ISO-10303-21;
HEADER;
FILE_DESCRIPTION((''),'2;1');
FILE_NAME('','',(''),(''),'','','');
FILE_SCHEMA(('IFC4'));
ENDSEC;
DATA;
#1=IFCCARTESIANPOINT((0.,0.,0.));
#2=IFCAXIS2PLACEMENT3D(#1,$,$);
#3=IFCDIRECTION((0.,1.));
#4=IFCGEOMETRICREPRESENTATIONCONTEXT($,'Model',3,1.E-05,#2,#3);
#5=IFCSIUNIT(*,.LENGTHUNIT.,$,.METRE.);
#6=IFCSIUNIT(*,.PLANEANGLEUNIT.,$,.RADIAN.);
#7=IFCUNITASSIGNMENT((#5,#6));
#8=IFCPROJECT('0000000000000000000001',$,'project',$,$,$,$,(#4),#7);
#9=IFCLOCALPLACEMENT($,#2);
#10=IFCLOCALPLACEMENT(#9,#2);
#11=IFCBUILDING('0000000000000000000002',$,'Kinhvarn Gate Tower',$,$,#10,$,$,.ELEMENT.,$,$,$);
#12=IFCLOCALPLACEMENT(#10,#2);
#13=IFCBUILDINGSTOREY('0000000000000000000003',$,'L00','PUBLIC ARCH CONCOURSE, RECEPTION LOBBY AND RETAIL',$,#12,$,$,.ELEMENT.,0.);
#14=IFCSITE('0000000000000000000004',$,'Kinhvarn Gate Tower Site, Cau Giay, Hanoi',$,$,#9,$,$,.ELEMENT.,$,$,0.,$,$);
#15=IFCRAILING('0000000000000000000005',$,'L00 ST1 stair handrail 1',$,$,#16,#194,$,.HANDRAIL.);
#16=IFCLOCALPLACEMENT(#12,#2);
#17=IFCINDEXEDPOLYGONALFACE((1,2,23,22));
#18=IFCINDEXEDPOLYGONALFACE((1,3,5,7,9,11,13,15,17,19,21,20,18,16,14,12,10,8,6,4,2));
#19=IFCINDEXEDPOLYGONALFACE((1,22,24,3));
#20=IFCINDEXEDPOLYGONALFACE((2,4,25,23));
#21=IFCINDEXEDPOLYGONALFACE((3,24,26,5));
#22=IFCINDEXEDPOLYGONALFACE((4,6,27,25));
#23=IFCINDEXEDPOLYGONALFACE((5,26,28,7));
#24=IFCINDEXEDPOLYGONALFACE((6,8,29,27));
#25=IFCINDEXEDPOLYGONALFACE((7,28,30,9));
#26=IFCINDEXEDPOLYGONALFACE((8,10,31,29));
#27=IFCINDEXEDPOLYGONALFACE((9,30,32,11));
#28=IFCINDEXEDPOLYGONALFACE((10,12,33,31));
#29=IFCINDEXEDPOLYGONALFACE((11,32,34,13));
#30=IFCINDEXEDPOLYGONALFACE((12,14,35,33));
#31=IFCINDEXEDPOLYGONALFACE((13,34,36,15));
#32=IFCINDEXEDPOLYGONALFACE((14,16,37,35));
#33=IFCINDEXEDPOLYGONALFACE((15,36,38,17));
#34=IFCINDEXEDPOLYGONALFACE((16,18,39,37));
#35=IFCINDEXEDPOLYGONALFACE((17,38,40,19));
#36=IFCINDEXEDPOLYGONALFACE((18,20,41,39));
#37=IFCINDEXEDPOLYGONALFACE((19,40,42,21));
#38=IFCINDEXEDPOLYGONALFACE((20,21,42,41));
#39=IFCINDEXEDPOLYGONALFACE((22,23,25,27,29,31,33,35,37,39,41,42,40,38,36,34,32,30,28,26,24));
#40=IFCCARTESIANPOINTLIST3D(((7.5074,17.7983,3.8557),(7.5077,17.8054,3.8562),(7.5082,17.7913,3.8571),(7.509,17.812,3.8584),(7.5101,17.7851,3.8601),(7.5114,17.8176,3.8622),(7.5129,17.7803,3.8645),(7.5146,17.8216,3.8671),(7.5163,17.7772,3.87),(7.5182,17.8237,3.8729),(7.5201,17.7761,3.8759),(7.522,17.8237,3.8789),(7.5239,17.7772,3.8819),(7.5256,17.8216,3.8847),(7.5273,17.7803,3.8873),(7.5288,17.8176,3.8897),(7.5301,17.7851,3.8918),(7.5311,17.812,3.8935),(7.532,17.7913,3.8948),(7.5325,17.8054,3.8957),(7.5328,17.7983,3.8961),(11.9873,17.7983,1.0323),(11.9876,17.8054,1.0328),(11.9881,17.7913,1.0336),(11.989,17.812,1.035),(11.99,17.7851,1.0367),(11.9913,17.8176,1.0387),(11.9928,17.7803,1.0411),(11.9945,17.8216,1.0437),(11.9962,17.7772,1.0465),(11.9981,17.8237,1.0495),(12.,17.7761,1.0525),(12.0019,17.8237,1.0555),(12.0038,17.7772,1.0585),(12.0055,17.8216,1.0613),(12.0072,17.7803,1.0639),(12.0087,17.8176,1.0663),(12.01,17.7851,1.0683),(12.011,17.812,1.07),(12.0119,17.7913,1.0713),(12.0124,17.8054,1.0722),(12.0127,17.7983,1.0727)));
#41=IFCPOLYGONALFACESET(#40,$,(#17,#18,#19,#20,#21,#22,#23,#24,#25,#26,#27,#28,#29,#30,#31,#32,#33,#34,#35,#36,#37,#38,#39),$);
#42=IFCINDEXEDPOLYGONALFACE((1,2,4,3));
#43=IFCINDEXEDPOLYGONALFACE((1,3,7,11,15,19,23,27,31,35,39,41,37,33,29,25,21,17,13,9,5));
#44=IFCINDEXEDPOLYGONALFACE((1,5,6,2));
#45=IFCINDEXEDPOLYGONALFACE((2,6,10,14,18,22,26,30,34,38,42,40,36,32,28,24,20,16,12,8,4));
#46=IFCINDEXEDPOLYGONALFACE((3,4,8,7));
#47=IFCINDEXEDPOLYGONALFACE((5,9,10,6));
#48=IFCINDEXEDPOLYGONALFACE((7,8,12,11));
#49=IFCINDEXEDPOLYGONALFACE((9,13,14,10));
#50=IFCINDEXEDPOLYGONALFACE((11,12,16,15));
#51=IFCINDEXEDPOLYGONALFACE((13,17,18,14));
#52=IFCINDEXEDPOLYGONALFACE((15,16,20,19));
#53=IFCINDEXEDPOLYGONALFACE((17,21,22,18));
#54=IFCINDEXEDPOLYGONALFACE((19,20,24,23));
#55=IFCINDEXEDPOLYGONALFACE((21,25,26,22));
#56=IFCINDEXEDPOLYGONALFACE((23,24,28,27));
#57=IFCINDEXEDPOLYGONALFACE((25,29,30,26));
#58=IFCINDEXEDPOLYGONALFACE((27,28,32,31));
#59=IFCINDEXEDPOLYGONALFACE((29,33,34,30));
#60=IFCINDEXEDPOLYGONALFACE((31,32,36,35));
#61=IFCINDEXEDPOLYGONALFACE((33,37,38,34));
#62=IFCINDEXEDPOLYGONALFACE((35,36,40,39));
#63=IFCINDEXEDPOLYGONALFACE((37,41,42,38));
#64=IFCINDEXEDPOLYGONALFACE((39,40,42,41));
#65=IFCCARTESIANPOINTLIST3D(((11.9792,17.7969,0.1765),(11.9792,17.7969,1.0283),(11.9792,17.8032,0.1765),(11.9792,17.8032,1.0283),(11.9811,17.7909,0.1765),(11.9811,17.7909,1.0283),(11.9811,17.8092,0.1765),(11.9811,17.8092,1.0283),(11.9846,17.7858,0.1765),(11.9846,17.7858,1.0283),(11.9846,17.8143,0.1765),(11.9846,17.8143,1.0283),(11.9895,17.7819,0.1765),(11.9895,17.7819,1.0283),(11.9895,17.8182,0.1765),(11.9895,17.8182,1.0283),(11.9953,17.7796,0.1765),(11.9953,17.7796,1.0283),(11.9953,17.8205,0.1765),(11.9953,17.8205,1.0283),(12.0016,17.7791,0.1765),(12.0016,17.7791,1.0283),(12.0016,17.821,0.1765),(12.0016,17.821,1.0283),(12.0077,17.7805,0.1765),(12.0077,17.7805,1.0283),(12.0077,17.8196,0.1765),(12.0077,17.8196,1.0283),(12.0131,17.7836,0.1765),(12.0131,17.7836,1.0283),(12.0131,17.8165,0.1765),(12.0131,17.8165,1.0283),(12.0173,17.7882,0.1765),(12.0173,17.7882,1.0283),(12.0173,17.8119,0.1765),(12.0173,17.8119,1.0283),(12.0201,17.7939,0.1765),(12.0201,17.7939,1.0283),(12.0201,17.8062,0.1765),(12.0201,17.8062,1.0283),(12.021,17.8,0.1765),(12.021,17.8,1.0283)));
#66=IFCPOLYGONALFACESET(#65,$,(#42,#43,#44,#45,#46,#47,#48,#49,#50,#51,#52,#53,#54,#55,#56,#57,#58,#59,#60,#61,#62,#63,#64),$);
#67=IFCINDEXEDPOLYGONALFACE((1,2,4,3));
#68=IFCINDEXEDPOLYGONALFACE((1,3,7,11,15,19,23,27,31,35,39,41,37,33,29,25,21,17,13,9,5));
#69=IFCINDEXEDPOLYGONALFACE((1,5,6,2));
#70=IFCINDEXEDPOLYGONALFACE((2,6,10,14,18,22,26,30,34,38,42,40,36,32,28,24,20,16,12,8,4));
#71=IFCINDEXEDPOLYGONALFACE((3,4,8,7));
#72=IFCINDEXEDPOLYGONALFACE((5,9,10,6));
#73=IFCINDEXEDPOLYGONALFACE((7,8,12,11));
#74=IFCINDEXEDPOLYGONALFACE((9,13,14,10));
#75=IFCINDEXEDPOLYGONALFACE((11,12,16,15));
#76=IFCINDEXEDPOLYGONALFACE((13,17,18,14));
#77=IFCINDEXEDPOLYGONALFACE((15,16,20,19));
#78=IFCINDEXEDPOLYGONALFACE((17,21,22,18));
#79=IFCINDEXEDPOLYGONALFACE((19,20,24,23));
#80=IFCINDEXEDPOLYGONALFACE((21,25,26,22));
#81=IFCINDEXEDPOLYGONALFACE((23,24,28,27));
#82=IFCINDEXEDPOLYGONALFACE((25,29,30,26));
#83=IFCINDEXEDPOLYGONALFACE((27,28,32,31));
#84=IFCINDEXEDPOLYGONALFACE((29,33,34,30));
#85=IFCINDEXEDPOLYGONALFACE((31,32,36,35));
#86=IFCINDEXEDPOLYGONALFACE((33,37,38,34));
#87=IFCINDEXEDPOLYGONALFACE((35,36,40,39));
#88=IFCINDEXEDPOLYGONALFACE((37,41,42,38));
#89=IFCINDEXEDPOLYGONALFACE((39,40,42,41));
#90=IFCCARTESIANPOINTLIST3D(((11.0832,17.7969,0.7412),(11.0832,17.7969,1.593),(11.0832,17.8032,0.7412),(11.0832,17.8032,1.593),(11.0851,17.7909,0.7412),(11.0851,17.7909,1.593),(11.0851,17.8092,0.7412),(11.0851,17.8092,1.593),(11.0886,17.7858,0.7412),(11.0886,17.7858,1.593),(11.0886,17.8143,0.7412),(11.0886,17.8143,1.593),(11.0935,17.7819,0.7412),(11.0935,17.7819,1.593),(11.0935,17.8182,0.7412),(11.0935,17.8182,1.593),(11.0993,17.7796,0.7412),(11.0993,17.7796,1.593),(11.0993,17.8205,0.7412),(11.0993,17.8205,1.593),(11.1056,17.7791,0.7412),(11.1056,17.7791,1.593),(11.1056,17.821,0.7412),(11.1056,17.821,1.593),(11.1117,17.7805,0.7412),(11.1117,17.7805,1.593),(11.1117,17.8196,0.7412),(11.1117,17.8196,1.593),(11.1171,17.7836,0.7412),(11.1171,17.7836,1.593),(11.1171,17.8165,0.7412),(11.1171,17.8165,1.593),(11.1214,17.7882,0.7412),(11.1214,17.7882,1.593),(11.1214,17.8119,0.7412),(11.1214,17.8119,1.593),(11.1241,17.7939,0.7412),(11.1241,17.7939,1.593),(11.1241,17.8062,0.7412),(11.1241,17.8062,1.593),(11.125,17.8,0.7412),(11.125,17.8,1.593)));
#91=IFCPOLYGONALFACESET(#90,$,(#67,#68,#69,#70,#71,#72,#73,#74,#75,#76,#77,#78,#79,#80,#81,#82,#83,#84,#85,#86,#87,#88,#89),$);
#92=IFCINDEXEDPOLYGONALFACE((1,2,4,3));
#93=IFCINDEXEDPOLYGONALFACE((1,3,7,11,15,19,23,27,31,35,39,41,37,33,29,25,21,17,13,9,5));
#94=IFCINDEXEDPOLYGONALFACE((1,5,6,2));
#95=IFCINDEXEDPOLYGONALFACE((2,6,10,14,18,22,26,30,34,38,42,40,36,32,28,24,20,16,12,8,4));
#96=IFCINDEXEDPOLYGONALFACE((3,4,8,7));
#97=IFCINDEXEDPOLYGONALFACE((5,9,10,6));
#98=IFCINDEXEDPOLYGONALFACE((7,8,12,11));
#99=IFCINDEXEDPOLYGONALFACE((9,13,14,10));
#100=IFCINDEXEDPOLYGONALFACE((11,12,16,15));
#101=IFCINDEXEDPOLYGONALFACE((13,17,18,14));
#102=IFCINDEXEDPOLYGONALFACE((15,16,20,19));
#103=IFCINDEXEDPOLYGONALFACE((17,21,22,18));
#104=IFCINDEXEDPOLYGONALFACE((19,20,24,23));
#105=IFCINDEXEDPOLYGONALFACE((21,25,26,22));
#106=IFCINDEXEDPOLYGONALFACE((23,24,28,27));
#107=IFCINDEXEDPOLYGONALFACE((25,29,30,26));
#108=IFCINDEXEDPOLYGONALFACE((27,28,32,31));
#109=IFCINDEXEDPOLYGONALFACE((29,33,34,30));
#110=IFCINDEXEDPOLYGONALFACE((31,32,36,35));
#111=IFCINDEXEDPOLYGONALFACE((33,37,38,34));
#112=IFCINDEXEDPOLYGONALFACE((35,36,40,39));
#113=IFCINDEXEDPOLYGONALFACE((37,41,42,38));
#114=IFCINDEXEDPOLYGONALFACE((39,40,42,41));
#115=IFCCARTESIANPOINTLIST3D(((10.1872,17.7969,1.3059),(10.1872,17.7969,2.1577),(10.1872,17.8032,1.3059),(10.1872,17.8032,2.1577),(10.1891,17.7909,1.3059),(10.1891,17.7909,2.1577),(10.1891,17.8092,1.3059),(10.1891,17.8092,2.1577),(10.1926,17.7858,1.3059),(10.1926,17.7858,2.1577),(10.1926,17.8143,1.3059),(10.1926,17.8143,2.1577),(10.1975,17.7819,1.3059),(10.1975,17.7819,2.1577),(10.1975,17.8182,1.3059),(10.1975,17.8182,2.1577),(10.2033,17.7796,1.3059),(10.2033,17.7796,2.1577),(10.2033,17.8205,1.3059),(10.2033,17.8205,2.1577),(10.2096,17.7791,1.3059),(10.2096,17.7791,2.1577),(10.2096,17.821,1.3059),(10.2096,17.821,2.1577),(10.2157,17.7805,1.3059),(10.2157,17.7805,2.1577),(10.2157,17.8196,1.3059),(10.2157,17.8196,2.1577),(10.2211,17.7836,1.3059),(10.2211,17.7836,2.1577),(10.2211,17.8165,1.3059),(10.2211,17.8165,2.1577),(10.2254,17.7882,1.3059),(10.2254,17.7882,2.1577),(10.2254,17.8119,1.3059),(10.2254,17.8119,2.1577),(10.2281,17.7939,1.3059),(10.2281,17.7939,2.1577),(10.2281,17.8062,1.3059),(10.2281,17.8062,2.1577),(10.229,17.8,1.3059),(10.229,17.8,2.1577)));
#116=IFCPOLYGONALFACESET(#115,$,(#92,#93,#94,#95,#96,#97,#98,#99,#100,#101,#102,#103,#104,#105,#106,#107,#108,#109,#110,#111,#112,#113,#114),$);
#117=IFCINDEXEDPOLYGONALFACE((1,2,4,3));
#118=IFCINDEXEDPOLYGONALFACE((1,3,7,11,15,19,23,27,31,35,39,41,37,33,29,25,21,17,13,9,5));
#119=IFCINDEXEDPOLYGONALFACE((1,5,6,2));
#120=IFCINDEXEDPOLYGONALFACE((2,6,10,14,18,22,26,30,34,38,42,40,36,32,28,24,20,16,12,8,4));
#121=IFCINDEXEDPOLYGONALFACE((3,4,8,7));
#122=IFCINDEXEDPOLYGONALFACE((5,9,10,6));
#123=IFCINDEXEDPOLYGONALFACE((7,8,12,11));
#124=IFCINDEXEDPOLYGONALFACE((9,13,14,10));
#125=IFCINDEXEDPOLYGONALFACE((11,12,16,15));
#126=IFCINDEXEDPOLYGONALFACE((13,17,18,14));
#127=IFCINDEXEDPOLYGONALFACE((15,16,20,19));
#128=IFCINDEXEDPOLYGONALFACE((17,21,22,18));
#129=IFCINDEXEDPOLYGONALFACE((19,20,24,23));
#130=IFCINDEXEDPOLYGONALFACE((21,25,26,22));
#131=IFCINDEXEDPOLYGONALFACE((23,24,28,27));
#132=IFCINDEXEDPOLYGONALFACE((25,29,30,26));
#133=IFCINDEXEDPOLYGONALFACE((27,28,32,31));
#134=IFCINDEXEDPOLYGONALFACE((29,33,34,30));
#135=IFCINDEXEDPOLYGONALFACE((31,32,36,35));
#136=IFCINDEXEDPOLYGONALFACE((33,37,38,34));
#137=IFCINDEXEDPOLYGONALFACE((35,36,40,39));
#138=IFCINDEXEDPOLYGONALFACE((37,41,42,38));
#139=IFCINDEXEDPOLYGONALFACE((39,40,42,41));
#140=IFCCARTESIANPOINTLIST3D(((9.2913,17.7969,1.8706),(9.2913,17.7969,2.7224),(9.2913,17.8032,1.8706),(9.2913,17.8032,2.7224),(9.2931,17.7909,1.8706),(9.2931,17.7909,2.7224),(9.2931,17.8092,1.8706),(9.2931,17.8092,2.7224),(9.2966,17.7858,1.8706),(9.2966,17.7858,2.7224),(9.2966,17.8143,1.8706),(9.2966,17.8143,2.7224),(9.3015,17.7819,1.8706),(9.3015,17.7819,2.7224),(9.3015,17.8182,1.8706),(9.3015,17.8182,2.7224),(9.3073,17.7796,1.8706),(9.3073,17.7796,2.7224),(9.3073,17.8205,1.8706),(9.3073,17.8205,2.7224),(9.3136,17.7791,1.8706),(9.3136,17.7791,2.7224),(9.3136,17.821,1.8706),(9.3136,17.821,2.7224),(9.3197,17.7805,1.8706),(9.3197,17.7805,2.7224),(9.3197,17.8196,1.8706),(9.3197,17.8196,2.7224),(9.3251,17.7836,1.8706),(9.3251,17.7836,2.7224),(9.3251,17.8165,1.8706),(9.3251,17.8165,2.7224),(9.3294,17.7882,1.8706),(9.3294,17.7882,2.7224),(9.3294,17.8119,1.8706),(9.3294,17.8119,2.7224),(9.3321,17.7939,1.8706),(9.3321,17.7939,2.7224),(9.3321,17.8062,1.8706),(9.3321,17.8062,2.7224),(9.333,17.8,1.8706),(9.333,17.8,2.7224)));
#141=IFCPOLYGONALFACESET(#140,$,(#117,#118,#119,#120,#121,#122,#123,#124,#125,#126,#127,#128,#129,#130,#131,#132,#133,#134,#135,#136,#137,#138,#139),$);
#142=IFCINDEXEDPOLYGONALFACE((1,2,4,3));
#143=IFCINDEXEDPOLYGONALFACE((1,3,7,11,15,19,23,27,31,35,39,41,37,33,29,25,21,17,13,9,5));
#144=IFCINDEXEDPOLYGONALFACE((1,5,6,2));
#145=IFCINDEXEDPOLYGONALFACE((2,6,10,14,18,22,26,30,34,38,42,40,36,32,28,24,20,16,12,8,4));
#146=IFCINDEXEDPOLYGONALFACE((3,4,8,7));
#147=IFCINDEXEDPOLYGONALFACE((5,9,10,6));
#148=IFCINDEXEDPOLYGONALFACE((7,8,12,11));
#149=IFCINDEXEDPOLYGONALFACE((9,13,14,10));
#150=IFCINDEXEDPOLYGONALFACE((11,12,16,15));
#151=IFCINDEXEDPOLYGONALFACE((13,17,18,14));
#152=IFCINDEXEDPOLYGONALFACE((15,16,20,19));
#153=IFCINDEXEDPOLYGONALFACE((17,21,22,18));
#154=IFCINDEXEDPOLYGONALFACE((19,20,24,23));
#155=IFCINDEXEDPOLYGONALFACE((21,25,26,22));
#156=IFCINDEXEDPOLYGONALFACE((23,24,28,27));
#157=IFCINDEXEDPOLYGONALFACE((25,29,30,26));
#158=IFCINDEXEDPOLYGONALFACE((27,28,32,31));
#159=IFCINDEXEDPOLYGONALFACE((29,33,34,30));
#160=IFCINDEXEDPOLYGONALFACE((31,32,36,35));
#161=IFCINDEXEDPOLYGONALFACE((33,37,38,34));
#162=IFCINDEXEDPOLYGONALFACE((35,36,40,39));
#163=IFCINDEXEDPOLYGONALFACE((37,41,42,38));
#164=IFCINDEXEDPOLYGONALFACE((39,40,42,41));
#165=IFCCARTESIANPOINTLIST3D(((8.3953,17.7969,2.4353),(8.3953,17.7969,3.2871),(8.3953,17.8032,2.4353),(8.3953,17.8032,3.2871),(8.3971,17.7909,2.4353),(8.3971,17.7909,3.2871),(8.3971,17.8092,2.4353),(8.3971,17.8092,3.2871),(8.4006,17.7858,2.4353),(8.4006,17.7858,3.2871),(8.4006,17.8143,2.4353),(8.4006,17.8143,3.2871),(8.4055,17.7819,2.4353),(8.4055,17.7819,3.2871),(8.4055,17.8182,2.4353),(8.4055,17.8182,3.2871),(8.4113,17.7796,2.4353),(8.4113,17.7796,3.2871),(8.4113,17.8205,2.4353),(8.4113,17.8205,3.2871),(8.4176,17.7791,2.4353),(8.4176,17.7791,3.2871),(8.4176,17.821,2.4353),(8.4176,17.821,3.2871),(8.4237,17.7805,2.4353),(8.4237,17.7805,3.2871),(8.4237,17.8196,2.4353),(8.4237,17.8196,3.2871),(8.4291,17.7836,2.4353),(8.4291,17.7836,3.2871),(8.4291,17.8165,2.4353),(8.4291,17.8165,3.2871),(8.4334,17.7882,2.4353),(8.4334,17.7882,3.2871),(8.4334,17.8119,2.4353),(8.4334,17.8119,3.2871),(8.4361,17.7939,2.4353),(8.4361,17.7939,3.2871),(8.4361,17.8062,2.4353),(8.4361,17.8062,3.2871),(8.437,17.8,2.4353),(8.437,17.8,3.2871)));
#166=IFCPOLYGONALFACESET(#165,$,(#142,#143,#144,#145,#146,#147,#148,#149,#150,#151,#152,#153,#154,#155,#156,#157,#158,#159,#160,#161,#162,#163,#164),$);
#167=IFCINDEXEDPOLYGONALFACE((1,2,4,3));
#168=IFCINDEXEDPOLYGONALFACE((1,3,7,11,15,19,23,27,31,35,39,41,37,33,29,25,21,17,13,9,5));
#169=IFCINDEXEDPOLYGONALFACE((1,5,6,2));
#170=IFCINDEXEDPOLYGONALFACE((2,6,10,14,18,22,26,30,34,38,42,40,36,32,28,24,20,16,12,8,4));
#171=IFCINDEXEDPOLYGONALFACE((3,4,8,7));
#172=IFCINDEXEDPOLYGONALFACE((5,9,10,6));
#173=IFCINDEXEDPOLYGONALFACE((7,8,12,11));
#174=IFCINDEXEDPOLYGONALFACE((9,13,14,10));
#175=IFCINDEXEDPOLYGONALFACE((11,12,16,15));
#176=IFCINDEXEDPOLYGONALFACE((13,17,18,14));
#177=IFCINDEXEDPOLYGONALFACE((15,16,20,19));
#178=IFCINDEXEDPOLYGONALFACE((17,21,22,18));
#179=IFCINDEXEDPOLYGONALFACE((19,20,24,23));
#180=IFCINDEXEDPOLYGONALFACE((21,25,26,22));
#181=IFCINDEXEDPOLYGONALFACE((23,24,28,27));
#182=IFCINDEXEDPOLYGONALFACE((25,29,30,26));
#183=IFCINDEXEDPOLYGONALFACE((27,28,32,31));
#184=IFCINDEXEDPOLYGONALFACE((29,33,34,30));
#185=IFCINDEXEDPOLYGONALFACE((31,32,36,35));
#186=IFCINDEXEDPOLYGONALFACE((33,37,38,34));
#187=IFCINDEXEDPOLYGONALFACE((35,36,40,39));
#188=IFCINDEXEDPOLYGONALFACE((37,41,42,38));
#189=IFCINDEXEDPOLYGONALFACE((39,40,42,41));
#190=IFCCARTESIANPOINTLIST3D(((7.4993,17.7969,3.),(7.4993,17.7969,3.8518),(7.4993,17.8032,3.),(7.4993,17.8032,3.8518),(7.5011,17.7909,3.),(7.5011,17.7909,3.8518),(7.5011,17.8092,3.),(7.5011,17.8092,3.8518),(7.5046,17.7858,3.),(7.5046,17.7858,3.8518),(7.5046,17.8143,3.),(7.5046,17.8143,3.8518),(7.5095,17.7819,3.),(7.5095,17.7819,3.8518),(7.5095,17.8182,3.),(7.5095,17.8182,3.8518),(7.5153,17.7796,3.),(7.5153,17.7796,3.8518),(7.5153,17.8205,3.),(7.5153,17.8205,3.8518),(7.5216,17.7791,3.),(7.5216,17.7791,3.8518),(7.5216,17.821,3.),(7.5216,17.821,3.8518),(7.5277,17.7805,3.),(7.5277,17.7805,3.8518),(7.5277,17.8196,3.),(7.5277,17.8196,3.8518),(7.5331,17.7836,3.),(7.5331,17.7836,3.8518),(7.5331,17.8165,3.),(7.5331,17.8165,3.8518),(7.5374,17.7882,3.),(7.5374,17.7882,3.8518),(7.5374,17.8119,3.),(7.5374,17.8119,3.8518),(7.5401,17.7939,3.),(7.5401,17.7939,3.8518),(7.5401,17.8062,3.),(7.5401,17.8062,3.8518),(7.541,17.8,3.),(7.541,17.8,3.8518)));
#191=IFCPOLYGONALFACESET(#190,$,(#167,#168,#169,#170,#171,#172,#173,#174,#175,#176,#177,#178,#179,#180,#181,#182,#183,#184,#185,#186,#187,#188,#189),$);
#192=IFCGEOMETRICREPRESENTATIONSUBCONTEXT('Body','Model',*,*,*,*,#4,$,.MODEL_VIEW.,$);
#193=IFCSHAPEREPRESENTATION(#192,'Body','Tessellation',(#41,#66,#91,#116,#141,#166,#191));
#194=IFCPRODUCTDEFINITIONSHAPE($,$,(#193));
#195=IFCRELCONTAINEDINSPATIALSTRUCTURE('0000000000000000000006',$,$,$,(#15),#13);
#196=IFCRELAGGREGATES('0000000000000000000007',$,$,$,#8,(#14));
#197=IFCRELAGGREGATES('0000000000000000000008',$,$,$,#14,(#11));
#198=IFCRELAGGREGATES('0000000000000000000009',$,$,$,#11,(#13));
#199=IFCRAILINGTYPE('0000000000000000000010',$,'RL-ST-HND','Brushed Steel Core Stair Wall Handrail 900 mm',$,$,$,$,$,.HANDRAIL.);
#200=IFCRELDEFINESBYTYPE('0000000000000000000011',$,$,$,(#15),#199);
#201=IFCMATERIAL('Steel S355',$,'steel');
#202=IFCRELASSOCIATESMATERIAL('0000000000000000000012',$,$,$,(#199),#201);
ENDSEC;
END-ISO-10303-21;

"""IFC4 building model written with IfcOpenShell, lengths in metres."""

from ifc_helpers import new_model, si_unit, direction, frame, origin, origin_2d, place, context, subcontext, project, spatial, circle, extrude, material, type_object, element, save


model = new_model("IFC4")

# Units and contexts
model_context = context("Model", 3, precision=1e-05, world=origin(), true_north=direction((0.0, 1.0)))
body_context = subcontext(model_context, "Body", "Model", "MODEL_VIEW")
ifc_project = project(units=[si_unit("LENGTHUNIT", "METRE"), si_unit("PLANEANGLEUNIT", "RADIAN")], contexts=[model_context])

# Site, building, storey
site_placement = place(None, origin())
site = spatial("IfcSite", under=ifc_project, at=site_placement, Name="Kinhvarn Gate Tower Site, Cau Giay, Hanoi", CompositionType="ELEMENT", RefElevation=0.0)
building_placement = place(site_placement, origin())
building = spatial("IfcBuilding", under=site, at=building_placement, Name="Kinhvarn Gate Tower", CompositionType="ELEMENT")
storey_placement = place(building_placement, origin())
storey = spatial("IfcBuildingStorey", under=building, at=storey_placement, Name="L00", Description="PUBLIC ARCH CONCOURSE, RECEPTION LOBBY AND RETAIL", CompositionType="ELEMENT", Elevation=0.0)

# Shared definitions
ifc_material_1 = material(Name="Steel S355", Category="steel")

# Railing
railing_type_1 = type_object("IfcRailingType", Name="RL-ST-HND", Description="Brushed Steel Core Stair Wall Handrail 900 mm", PredefinedType="HANDRAIL", material=ifc_material_1)
railing_1_placement = place(storey_placement, frame((12.0, 17.8, 0.1765)))
element("IfcRailing", 1, at=railing_1_placement, inside=storey, type_object=railing_type_1, Name="L00 ST1 stair handrail 1", PredefinedType="HANDRAIL", context=body_context, shape_type="SweptSolid", body=[
    extrude(circle(Radius=0.0239, at=origin_2d()), frame((0.0, 0.0, 0.876), z_axis=(-0.845998, 0.0, 0.533186), x_axis=(0.0, -1.0, 0.0)), (0.0, 0.0, 1.0), 5.2954),
    extrude(circle(Radius=0.021, at=origin_2d()), origin(), (0.0, 0.0, 1.0), 0.8518),
    extrude(circle(Radius=0.021, at=origin_2d()), frame((-0.896, 0.0, 0.5647)), (0.0, 0.0, 1.0), 0.8518),
    extrude(circle(Radius=0.021, at=origin_2d()), frame((-1.792, 0.0, 1.1294)), (0.0, 0.0, 1.0), 0.8518),
    extrude(circle(Radius=0.021, at=origin_2d()), frame((-2.688, 0.0, 1.6941)), (0.0, 0.0, 1.0), 0.8518),
    extrude(circle(Radius=0.021, at=origin_2d()), frame((-3.584, 0.0, 2.2588)), (0.0, 0.0, 1.0), 0.8518),
    extrude(circle(Radius=0.021, at=origin_2d()), frame((-4.48, 0.0, 2.8235)), (0.0, 0.0, 1.0), 0.8518),
])

save(model, "model.ifc")
